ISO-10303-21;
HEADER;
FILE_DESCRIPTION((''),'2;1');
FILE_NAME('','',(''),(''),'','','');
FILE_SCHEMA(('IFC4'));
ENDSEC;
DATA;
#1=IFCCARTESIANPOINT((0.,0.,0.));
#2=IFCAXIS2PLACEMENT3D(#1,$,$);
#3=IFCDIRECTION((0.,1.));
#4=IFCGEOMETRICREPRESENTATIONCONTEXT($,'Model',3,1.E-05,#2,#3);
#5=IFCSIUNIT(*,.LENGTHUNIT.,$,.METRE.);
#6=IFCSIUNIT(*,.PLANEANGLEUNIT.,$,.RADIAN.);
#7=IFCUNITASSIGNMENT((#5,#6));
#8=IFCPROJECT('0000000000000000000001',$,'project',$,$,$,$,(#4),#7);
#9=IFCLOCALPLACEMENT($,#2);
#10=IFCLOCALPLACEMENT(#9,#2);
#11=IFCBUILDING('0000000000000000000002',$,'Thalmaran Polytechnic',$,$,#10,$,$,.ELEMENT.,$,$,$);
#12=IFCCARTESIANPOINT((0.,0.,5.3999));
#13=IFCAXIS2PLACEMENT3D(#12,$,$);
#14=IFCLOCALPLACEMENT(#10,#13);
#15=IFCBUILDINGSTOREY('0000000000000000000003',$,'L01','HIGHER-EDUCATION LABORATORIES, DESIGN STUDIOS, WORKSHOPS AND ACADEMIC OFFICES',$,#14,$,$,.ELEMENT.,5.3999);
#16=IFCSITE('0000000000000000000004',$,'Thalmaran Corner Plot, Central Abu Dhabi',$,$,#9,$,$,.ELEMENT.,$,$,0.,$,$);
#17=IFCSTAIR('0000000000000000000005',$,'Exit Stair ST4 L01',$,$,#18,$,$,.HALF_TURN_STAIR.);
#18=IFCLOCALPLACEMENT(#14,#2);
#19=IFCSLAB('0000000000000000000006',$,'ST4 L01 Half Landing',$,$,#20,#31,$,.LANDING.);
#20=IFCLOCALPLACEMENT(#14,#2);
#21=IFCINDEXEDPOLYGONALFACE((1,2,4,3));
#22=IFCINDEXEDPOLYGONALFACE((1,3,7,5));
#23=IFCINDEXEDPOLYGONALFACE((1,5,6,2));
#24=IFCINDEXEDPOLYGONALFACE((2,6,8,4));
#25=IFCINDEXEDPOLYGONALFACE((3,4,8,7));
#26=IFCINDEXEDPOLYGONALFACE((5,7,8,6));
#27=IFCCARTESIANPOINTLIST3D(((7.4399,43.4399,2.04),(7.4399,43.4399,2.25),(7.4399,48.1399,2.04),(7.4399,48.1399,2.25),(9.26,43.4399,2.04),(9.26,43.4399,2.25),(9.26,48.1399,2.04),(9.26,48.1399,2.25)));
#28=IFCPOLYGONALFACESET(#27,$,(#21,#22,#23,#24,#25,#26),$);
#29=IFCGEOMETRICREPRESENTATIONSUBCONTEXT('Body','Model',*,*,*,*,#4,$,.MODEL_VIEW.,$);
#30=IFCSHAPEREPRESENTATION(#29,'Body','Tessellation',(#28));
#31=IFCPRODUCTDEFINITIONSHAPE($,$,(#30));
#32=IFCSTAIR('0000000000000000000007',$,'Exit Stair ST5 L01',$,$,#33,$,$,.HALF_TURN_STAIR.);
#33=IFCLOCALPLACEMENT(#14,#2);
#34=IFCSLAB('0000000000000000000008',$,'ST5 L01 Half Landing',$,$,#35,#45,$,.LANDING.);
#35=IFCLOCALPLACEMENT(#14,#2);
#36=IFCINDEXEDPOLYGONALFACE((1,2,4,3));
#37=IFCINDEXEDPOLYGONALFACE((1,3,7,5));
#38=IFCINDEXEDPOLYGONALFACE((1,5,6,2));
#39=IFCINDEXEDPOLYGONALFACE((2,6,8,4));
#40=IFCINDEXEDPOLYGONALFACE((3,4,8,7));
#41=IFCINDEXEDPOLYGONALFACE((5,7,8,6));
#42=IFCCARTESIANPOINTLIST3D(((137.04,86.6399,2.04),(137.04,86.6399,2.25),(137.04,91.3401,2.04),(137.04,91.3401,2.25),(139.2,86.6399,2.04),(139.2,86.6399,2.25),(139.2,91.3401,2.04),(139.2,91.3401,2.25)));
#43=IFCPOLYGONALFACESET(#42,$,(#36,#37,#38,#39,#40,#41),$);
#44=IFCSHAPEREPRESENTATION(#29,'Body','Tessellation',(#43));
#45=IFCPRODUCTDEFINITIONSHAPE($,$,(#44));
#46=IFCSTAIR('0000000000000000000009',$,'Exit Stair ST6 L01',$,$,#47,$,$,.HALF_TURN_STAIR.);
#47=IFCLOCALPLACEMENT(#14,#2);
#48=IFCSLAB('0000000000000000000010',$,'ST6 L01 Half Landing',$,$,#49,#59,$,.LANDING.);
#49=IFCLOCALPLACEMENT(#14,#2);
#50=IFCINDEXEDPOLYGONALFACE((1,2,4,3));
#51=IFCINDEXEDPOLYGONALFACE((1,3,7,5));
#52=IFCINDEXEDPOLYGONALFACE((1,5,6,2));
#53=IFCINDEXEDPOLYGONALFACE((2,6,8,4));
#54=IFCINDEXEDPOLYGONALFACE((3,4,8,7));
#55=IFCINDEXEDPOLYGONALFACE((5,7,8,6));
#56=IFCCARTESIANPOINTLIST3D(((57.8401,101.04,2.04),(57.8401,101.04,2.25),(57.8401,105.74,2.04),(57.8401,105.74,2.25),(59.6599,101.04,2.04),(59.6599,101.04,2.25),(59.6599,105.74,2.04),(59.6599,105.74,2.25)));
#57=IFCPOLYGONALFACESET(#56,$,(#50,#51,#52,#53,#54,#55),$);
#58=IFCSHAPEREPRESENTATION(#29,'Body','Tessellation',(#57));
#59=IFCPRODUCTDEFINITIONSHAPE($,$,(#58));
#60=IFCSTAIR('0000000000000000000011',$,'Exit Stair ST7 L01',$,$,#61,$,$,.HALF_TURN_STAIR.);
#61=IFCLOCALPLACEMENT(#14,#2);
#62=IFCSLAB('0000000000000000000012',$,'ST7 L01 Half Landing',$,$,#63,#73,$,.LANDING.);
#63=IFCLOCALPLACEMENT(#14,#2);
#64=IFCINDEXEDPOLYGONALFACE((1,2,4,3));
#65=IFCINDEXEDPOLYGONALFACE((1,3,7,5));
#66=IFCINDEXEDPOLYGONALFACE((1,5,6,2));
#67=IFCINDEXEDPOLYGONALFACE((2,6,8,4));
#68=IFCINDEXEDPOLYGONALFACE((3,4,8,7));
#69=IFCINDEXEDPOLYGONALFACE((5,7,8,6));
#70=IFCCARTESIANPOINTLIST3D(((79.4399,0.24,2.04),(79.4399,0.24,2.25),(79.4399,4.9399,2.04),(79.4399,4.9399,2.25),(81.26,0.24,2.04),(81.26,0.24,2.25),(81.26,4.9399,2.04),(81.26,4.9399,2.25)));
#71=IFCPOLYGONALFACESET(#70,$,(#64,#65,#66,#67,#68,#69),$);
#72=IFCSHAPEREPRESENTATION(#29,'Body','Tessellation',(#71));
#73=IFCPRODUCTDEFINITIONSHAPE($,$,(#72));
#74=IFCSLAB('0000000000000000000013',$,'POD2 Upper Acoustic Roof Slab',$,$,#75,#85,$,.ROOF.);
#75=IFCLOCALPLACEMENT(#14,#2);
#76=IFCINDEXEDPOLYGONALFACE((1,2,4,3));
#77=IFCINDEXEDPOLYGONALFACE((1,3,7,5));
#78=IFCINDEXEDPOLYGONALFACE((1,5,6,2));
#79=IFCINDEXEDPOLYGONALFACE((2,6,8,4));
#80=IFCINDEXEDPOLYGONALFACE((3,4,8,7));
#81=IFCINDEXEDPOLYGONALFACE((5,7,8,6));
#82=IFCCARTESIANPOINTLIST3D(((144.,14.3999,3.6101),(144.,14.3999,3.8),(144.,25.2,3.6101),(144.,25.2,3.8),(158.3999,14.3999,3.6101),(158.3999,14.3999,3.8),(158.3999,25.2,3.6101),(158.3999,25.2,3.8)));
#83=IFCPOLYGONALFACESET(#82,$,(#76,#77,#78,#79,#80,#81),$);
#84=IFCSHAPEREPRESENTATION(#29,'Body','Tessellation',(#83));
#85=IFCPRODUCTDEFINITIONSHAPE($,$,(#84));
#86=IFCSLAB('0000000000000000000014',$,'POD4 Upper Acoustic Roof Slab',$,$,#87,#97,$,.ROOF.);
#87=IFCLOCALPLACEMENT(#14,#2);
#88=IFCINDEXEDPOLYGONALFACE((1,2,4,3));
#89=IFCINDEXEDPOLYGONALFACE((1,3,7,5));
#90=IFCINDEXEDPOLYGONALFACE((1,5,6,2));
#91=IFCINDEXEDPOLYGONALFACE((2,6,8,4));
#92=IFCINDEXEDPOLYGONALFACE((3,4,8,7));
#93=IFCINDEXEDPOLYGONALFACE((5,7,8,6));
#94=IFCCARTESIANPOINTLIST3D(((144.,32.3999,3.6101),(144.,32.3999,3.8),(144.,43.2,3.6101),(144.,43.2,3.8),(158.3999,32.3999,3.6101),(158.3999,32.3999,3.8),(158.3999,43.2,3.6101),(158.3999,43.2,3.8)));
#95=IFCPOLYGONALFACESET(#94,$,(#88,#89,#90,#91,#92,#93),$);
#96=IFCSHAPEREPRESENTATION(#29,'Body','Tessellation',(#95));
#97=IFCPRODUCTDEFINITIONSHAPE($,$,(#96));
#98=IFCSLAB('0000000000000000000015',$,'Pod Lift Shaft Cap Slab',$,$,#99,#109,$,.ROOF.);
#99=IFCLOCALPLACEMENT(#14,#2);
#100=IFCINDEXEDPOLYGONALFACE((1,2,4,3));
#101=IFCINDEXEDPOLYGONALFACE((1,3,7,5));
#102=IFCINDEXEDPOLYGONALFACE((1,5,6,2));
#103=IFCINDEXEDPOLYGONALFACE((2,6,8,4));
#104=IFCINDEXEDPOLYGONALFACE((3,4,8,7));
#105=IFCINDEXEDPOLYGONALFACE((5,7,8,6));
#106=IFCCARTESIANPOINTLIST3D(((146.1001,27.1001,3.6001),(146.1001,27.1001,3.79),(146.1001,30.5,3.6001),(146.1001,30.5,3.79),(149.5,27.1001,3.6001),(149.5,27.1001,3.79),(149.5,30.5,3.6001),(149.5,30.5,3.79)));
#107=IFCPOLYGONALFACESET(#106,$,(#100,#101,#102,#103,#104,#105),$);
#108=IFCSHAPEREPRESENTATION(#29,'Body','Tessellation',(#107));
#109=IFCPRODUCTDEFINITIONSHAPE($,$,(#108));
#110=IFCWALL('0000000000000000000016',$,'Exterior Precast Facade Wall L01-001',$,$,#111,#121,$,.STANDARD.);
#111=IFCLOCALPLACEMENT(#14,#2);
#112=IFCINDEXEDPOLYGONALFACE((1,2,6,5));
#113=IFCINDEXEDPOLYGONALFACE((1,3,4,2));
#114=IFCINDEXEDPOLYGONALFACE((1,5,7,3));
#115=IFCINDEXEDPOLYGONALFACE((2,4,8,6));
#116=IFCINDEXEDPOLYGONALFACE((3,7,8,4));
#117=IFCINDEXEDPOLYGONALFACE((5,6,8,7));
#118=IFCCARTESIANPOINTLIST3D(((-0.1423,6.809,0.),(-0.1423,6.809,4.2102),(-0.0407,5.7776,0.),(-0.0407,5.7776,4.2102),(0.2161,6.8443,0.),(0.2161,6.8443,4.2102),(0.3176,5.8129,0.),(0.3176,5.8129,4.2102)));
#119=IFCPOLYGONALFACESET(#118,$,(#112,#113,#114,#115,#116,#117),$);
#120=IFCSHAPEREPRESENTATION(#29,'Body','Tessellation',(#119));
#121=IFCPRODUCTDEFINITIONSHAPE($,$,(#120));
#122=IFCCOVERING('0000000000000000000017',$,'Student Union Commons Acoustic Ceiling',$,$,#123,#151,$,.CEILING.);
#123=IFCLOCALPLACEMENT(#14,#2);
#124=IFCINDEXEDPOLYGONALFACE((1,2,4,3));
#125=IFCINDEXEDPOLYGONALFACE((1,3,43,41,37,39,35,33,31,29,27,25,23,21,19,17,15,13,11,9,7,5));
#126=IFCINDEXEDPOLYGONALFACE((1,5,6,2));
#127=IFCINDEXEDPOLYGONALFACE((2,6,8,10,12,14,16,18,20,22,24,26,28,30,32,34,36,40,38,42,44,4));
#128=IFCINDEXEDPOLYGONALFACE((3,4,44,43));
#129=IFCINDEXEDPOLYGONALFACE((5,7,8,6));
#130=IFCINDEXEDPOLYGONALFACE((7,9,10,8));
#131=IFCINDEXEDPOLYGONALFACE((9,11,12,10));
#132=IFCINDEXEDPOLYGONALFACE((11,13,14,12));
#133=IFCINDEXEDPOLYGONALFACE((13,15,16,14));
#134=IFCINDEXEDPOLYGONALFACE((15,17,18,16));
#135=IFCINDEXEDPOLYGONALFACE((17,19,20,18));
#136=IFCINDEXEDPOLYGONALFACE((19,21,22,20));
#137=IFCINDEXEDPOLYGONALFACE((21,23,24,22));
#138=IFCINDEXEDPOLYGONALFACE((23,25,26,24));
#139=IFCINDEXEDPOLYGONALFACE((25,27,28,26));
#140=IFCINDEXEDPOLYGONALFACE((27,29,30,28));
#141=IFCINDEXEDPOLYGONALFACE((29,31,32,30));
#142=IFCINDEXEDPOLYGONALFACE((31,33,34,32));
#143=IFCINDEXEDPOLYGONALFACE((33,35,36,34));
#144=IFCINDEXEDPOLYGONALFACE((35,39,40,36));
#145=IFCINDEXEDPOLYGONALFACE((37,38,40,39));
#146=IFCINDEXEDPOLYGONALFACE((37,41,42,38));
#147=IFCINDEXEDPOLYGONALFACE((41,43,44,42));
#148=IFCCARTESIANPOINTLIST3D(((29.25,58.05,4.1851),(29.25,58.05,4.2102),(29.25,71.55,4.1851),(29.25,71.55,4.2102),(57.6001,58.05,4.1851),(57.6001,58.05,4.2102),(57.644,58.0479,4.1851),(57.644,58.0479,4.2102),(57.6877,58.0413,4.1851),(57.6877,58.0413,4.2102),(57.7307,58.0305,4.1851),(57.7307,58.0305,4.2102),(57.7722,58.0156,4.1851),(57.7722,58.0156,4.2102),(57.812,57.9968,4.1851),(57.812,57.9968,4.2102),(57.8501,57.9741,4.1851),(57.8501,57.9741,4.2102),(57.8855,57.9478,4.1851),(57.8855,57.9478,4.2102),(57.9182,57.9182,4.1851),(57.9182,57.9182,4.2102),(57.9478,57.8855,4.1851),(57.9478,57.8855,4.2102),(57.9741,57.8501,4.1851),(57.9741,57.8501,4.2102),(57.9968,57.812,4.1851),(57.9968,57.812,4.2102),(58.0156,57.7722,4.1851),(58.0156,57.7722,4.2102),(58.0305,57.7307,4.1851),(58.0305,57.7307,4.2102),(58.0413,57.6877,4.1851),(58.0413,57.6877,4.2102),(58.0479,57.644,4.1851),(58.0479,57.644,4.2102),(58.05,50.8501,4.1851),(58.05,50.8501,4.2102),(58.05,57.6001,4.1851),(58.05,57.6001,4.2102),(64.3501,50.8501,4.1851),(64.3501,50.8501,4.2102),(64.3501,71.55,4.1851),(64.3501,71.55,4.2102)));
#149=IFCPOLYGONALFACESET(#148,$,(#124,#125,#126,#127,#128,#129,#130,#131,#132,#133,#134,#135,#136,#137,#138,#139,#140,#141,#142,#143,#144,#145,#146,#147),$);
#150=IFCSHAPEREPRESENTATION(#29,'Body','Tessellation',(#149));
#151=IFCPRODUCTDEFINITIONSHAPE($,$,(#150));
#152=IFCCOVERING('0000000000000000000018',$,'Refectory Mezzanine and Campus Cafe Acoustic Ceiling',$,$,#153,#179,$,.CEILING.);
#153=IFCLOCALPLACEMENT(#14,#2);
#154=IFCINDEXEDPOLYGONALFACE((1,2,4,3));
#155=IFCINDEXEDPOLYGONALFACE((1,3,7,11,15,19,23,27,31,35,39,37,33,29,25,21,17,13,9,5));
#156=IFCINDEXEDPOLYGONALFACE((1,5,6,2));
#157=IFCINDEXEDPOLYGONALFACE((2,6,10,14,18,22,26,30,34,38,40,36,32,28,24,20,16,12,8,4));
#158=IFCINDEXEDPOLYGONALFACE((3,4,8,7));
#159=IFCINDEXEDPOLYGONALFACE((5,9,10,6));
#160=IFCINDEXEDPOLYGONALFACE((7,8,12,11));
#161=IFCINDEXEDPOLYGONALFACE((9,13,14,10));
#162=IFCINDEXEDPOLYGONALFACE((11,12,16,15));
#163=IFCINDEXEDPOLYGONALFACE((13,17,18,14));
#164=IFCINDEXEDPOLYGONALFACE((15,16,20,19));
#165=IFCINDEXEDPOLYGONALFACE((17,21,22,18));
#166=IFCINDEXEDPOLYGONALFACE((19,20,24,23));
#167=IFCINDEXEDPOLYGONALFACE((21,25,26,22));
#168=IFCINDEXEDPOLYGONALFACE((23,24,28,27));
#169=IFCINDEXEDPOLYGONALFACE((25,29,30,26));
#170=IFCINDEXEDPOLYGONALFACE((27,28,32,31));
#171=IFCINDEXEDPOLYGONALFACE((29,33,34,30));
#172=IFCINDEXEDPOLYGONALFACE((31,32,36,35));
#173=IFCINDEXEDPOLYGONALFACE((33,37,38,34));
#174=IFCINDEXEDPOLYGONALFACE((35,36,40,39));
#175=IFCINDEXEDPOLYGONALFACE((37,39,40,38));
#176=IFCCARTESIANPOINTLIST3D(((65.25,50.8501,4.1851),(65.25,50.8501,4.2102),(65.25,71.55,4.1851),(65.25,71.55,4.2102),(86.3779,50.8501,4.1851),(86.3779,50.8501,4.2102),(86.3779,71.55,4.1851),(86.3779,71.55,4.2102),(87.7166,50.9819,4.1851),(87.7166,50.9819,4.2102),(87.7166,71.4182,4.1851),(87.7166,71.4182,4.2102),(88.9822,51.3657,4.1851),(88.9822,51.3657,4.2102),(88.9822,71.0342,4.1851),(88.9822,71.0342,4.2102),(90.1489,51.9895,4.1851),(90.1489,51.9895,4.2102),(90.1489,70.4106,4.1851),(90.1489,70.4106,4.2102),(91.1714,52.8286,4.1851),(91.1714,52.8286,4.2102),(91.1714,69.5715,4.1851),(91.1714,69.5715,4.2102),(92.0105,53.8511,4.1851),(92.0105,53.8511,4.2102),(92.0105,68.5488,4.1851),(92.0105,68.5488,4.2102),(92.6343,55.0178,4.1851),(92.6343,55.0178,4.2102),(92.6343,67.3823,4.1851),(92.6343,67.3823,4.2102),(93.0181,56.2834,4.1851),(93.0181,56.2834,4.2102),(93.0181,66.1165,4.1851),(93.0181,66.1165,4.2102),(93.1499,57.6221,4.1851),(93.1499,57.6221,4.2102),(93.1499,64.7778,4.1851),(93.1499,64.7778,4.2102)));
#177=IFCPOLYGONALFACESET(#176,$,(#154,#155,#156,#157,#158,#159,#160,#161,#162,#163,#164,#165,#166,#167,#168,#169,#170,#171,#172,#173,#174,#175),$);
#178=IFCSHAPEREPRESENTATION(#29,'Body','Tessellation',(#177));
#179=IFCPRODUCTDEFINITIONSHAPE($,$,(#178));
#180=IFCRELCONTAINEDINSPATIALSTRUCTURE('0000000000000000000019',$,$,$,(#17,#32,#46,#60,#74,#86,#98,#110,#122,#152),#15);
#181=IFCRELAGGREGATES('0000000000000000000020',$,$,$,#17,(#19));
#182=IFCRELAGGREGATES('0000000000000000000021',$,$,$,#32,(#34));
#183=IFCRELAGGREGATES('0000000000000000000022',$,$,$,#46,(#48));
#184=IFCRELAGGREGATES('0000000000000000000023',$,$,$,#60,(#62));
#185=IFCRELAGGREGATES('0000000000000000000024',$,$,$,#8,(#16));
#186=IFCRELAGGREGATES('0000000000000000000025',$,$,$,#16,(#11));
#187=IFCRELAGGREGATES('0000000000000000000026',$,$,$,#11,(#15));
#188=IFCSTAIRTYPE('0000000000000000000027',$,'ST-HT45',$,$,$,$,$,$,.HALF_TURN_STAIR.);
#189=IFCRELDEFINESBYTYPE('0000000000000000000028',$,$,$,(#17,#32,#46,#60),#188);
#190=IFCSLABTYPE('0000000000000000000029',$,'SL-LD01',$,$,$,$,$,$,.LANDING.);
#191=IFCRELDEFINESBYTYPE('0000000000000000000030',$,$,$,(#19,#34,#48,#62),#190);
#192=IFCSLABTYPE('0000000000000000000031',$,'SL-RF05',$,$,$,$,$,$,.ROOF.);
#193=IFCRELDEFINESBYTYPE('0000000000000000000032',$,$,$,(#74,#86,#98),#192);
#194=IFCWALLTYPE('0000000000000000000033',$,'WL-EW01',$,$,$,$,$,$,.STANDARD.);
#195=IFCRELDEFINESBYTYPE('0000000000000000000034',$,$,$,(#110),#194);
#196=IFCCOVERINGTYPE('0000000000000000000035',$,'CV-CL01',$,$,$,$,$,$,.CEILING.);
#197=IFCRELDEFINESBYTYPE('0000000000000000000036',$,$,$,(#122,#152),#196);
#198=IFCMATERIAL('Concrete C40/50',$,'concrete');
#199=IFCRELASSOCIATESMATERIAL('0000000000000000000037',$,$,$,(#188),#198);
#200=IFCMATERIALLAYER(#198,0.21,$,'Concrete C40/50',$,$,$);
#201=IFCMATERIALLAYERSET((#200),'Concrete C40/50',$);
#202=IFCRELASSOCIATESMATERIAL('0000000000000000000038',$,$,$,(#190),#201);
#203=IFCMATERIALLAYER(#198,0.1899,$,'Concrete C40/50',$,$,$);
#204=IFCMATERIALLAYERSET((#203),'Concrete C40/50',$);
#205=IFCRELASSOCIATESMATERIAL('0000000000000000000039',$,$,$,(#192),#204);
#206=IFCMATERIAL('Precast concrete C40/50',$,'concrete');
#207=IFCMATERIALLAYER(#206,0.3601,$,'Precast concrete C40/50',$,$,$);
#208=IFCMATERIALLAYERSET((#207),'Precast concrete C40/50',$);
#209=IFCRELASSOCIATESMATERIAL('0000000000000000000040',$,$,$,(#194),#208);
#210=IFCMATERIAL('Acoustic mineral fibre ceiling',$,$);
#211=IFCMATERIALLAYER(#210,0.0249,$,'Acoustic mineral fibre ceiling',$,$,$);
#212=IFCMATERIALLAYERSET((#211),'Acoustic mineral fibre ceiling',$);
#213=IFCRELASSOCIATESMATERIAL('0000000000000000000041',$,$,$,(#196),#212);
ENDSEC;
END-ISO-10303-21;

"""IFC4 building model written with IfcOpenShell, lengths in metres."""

from ifc_helpers import new_model, si_unit, direction, frame, frame_2d, origin, place, context, subcontext, project, spatial, polyline, rectangle, outline, extrude, material, layer, layer_set, type_object, element, aggregate, save


model = new_model("IFC4")

# Units and contexts
model_context = context("Model", 3, precision=1e-05, world=origin(), true_north=direction((0.0, 1.0)))
body_context = subcontext(model_context, "Body", "Model", "MODEL_VIEW")
ifc_project = project(units=[si_unit("LENGTHUNIT", "METRE"), si_unit("PLANEANGLEUNIT", "RADIAN")], contexts=[model_context])

# Site, building, storey
site_placement = place(None, origin())
site = spatial("IfcSite", under=ifc_project, at=site_placement, Name="Thalmaran Corner Plot, Central Abu Dhabi", CompositionType="ELEMENT", RefElevation=0.0)
building_placement = place(site_placement, origin())
building = spatial("IfcBuilding", under=site, at=building_placement, Name="Thalmaran Polytechnic", CompositionType="ELEMENT")
storey_placement = place(building_placement, frame((0.0, 0.0, 5.3999)))
storey = spatial("IfcBuildingStorey", under=building, at=storey_placement, Name="L01", Description="HIGHER-EDUCATION LABORATORIES, DESIGN STUDIOS, WORKSHOPS AND ACADEMIC OFFICES", CompositionType="ELEMENT", Elevation=5.3999)

# Shared definitions
ifc_material_1 = material(Name="Concrete C40/50", Category="concrete")

# Stairs, slabs
stair_type = type_object("IfcStairType", Name="ST-HT45", PredefinedType="HALF_TURN_STAIR", material=ifc_material_1)
ifc_layer_1 = layer(ifc_material_1, 0.21, Name="Concrete C40/50")
ifc_layer_set_1 = layer_set([ifc_layer_1], Name="Concrete C40/50")
slab_type_1 = type_object("IfcSlabType", Name="SL-LD01", PredefinedType="LANDING", material=ifc_layer_set_1)
stair_1_placement = place(storey_placement, origin())
stair_1 = element("IfcStair", 1, at=stair_1_placement, inside=storey, type_object=stair_type, Name="Exit Stair ST4 L01", PredefinedType="HALF_TURN_STAIR")
slab_1_placement = place(storey_placement, frame((0.0, 0.0, 2.04)))
slab_1 = element("IfcSlab", 2, at=slab_1_placement, type_object=slab_type_1, Name="ST4 L01 Half Landing", PredefinedType="LANDING", context=body_context, shape_type="SweptSolid", body=[
    extrude(outline(polyline([(7.4399, 43.4399), (9.26, 43.4399), (9.26, 48.1399), (7.4399, 48.1399), (7.4399, 43.4399)])), origin(), (0.0, 0.0, 1.0), 0.21),
])
aggregate(stair_1, [slab_1])
stair_2_placement = place(storey_placement, origin())
stair_2 = element("IfcStair", 3, at=stair_2_placement, inside=storey, type_object=stair_type, Name="Exit Stair ST5 L01", PredefinedType="HALF_TURN_STAIR")
slab_2_placement = place(storey_placement, frame((0.0, 0.0, 2.04)))
slab_2 = element("IfcSlab", 4, at=slab_2_placement, type_object=slab_type_1, Name="ST5 L01 Half Landing", PredefinedType="LANDING", context=body_context, shape_type="SweptSolid", body=[
    extrude(outline(polyline([(137.04, 86.6399), (139.2, 86.6399), (139.2, 91.3401), (137.04, 91.3401), (137.04, 86.6399)])), origin(), (0.0, 0.0, 1.0), 0.21),
])
aggregate(stair_2, [slab_2])
stair_3_placement = place(storey_placement, origin())
stair_3 = element("IfcStair", 5, at=stair_3_placement, inside=storey, type_object=stair_type, Name="Exit Stair ST6 L01", PredefinedType="HALF_TURN_STAIR")
slab_3_placement = place(storey_placement, frame((0.0, 0.0, 2.04)))
slab_3 = element("IfcSlab", 6, at=slab_3_placement, type_object=slab_type_1, Name="ST6 L01 Half Landing", PredefinedType="LANDING", context=body_context, shape_type="SweptSolid", body=[
    extrude(outline(polyline([(57.8401, 101.04), (59.6599, 101.04), (59.6599, 105.74), (57.8401, 105.74), (57.8401, 101.04)])), origin(), (0.0, 0.0, 1.0), 0.21),
])
aggregate(stair_3, [slab_3])
stair_4_placement = place(storey_placement, origin())
stair_4 = element("IfcStair", 7, at=stair_4_placement, inside=storey, type_object=stair_type, Name="Exit Stair ST7 L01", PredefinedType="HALF_TURN_STAIR")
slab_4_placement = place(storey_placement, frame((0.0, 0.0, 2.04)))
slab_4 = element("IfcSlab", 8, at=slab_4_placement, type_object=slab_type_1, Name="ST7 L01 Half Landing", PredefinedType="LANDING", context=body_context, shape_type="SweptSolid", body=[
    extrude(outline(polyline([(79.4399, 0.24), (81.26, 0.24), (81.26, 4.9399), (79.4399, 4.9399), (79.4399, 0.24)])), origin(), (0.0, 0.0, 1.0), 0.21),
])
aggregate(stair_4, [slab_4])

# Slabs
ifc_layer_2 = layer(ifc_material_1, 0.1899, Name="Concrete C40/50")
ifc_layer_set_2 = layer_set([ifc_layer_2], Name="Concrete C40/50")
slab_type_2 = type_object("IfcSlabType", Name="SL-RF05", PredefinedType="ROOF", material=ifc_layer_set_2)
slab_5_placement = place(storey_placement, frame((0.0, 0.0, 3.6101)))
element("IfcSlab", 9, at=slab_5_placement, inside=storey, type_object=slab_type_2, Name="POD2 Upper Acoustic Roof Slab", PredefinedType="ROOF", context=body_context, shape_type="SweptSolid", body=[
    extrude(outline(polyline([(144.0, 14.3999), (158.3999, 14.3999), (158.3999, 25.2), (144.0, 25.2), (144.0, 14.3999)])), origin(), (0.0, 0.0, 1.0), 0.1899),
])
slab_6_placement = place(storey_placement, frame((0.0, 0.0, 3.6101)))
element("IfcSlab", 10, at=slab_6_placement, inside=storey, type_object=slab_type_2, Name="POD4 Upper Acoustic Roof Slab", PredefinedType="ROOF", context=body_context, shape_type="SweptSolid", body=[
    extrude(outline(polyline([(144.0, 32.3999), (158.3999, 32.3999), (158.3999, 43.2), (144.0, 43.2), (144.0, 32.3999)])), origin(), (0.0, 0.0, 1.0), 0.1899),
])
slab_7_placement = place(storey_placement, frame((0.0, 0.0, 3.6001)))
element("IfcSlab", 11, at=slab_7_placement, inside=storey, type_object=slab_type_2, Name="Pod Lift Shaft Cap Slab", PredefinedType="ROOF", context=body_context, shape_type="SweptSolid", body=[
    extrude(outline(polyline([(146.1001, 27.1001), (149.5, 27.1001), (149.5, 30.5), (146.1001, 30.5), (146.1001, 27.1001)])), origin(), (0.0, 0.0, 1.0), 0.1899),
])

# Wall
ifc_material_2 = material(Name="Precast concrete C40/50", Category="concrete")
ifc_layer_3 = layer(ifc_material_2, 0.3601, Name="Precast concrete C40/50")
ifc_layer_set_3 = layer_set([ifc_layer_3], Name="Precast concrete C40/50")
wall_type = type_object("IfcWallType", Name="WL-EW01", PredefinedType="STANDARD", material=ifc_layer_set_3)
wall_placement = place(storey_placement, frame((0.1384, 5.7954, 0.0), z_axis=(0.0, 0.0, 1.0), x_axis=(-0.097988, 0.995188, 0.0)))
element("IfcWall", 12, at=wall_placement, inside=storey, type_object=wall_type, Name="Exterior Precast Facade Wall L01-001", PredefinedType="STANDARD", context=body_context, shape_type="SweptSolid", body=[
    extrude(rectangle(XDim=1.0364, YDim=0.3601, at=frame_2d((0.5181, 0.0))), origin(), (0.0, 0.0, 1.0), 4.2102),
])

# Coverings
ifc_material_3 = material(Name="Acoustic mineral fibre ceiling")
ifc_layer_4 = layer(ifc_material_3, 0.0249, Name="Acoustic mineral fibre ceiling")
ifc_layer_set_4 = layer_set([ifc_layer_4], Name="Acoustic mineral fibre ceiling")
covering_type_1 = type_object("IfcCoveringType", Name="CV-CL01", PredefinedType="CEILING", material=ifc_layer_set_4)
covering_1_placement = place(storey_placement, frame((0.0, 0.0, 4.1851)))
element("IfcCovering", 13, at=covering_1_placement, inside=storey, type_object=covering_type_1, Name="Student Union Commons Acoustic Ceiling", PredefinedType="CEILING", context=body_context, shape_type="SweptSolid", body=[
    extrude(outline(polyline([(29.25, 71.55), (64.3501, 71.55), (64.3501, 50.8501), (58.05, 50.8501), (58.05, 57.6001), (58.0479, 57.644), (58.0413, 57.6877), (58.0305, 57.7307), (58.0156, 57.7722), (57.9968, 57.812), (57.9741, 57.8501), (57.9478, 57.8855), (57.9182, 57.9182), (57.8855, 57.9478), (57.8501, 57.9741), (57.812, 57.9968), (57.7722, 58.0156), (57.7307, 58.0305), (57.6877, 58.0413), (57.644, 58.0479), (57.6001, 58.05), (29.25, 58.05), (29.25, 71.55)])), origin(), (0.0, 0.0, 1.0), 0.0251),
])
covering_2_placement = place(storey_placement, frame((0.0, 0.0, 4.1851)))
element("IfcCovering", 14, at=covering_2_placement, inside=storey, type_object=covering_type_1, Name="Refectory Mezzanine and Campus Cafe Acoustic Ceiling", PredefinedType="CEILING", context=body_context, shape_type="SweptSolid", body=[
    extrude(outline(polyline([(65.25, 71.55), (86.3779, 71.55), (87.7166, 71.4182), (88.9822, 71.0342), (90.1489, 70.4106), (91.1714, 69.5715), (92.0105, 68.5488), (92.6343, 67.3823), (93.0181, 66.1165), (93.1499, 64.7778), (93.1499, 57.6221), (93.0181, 56.2834), (92.6343, 55.0178), (92.0105, 53.8511), (91.1714, 52.8286), (90.1489, 51.9895), (88.9822, 51.3657), (87.7166, 50.9819), (86.3779, 50.8501), (65.25, 50.8501), (65.25, 71.55)])), origin(), (0.0, 0.0, 1.0), 0.0251),
])

save(model, "model.ifc")
